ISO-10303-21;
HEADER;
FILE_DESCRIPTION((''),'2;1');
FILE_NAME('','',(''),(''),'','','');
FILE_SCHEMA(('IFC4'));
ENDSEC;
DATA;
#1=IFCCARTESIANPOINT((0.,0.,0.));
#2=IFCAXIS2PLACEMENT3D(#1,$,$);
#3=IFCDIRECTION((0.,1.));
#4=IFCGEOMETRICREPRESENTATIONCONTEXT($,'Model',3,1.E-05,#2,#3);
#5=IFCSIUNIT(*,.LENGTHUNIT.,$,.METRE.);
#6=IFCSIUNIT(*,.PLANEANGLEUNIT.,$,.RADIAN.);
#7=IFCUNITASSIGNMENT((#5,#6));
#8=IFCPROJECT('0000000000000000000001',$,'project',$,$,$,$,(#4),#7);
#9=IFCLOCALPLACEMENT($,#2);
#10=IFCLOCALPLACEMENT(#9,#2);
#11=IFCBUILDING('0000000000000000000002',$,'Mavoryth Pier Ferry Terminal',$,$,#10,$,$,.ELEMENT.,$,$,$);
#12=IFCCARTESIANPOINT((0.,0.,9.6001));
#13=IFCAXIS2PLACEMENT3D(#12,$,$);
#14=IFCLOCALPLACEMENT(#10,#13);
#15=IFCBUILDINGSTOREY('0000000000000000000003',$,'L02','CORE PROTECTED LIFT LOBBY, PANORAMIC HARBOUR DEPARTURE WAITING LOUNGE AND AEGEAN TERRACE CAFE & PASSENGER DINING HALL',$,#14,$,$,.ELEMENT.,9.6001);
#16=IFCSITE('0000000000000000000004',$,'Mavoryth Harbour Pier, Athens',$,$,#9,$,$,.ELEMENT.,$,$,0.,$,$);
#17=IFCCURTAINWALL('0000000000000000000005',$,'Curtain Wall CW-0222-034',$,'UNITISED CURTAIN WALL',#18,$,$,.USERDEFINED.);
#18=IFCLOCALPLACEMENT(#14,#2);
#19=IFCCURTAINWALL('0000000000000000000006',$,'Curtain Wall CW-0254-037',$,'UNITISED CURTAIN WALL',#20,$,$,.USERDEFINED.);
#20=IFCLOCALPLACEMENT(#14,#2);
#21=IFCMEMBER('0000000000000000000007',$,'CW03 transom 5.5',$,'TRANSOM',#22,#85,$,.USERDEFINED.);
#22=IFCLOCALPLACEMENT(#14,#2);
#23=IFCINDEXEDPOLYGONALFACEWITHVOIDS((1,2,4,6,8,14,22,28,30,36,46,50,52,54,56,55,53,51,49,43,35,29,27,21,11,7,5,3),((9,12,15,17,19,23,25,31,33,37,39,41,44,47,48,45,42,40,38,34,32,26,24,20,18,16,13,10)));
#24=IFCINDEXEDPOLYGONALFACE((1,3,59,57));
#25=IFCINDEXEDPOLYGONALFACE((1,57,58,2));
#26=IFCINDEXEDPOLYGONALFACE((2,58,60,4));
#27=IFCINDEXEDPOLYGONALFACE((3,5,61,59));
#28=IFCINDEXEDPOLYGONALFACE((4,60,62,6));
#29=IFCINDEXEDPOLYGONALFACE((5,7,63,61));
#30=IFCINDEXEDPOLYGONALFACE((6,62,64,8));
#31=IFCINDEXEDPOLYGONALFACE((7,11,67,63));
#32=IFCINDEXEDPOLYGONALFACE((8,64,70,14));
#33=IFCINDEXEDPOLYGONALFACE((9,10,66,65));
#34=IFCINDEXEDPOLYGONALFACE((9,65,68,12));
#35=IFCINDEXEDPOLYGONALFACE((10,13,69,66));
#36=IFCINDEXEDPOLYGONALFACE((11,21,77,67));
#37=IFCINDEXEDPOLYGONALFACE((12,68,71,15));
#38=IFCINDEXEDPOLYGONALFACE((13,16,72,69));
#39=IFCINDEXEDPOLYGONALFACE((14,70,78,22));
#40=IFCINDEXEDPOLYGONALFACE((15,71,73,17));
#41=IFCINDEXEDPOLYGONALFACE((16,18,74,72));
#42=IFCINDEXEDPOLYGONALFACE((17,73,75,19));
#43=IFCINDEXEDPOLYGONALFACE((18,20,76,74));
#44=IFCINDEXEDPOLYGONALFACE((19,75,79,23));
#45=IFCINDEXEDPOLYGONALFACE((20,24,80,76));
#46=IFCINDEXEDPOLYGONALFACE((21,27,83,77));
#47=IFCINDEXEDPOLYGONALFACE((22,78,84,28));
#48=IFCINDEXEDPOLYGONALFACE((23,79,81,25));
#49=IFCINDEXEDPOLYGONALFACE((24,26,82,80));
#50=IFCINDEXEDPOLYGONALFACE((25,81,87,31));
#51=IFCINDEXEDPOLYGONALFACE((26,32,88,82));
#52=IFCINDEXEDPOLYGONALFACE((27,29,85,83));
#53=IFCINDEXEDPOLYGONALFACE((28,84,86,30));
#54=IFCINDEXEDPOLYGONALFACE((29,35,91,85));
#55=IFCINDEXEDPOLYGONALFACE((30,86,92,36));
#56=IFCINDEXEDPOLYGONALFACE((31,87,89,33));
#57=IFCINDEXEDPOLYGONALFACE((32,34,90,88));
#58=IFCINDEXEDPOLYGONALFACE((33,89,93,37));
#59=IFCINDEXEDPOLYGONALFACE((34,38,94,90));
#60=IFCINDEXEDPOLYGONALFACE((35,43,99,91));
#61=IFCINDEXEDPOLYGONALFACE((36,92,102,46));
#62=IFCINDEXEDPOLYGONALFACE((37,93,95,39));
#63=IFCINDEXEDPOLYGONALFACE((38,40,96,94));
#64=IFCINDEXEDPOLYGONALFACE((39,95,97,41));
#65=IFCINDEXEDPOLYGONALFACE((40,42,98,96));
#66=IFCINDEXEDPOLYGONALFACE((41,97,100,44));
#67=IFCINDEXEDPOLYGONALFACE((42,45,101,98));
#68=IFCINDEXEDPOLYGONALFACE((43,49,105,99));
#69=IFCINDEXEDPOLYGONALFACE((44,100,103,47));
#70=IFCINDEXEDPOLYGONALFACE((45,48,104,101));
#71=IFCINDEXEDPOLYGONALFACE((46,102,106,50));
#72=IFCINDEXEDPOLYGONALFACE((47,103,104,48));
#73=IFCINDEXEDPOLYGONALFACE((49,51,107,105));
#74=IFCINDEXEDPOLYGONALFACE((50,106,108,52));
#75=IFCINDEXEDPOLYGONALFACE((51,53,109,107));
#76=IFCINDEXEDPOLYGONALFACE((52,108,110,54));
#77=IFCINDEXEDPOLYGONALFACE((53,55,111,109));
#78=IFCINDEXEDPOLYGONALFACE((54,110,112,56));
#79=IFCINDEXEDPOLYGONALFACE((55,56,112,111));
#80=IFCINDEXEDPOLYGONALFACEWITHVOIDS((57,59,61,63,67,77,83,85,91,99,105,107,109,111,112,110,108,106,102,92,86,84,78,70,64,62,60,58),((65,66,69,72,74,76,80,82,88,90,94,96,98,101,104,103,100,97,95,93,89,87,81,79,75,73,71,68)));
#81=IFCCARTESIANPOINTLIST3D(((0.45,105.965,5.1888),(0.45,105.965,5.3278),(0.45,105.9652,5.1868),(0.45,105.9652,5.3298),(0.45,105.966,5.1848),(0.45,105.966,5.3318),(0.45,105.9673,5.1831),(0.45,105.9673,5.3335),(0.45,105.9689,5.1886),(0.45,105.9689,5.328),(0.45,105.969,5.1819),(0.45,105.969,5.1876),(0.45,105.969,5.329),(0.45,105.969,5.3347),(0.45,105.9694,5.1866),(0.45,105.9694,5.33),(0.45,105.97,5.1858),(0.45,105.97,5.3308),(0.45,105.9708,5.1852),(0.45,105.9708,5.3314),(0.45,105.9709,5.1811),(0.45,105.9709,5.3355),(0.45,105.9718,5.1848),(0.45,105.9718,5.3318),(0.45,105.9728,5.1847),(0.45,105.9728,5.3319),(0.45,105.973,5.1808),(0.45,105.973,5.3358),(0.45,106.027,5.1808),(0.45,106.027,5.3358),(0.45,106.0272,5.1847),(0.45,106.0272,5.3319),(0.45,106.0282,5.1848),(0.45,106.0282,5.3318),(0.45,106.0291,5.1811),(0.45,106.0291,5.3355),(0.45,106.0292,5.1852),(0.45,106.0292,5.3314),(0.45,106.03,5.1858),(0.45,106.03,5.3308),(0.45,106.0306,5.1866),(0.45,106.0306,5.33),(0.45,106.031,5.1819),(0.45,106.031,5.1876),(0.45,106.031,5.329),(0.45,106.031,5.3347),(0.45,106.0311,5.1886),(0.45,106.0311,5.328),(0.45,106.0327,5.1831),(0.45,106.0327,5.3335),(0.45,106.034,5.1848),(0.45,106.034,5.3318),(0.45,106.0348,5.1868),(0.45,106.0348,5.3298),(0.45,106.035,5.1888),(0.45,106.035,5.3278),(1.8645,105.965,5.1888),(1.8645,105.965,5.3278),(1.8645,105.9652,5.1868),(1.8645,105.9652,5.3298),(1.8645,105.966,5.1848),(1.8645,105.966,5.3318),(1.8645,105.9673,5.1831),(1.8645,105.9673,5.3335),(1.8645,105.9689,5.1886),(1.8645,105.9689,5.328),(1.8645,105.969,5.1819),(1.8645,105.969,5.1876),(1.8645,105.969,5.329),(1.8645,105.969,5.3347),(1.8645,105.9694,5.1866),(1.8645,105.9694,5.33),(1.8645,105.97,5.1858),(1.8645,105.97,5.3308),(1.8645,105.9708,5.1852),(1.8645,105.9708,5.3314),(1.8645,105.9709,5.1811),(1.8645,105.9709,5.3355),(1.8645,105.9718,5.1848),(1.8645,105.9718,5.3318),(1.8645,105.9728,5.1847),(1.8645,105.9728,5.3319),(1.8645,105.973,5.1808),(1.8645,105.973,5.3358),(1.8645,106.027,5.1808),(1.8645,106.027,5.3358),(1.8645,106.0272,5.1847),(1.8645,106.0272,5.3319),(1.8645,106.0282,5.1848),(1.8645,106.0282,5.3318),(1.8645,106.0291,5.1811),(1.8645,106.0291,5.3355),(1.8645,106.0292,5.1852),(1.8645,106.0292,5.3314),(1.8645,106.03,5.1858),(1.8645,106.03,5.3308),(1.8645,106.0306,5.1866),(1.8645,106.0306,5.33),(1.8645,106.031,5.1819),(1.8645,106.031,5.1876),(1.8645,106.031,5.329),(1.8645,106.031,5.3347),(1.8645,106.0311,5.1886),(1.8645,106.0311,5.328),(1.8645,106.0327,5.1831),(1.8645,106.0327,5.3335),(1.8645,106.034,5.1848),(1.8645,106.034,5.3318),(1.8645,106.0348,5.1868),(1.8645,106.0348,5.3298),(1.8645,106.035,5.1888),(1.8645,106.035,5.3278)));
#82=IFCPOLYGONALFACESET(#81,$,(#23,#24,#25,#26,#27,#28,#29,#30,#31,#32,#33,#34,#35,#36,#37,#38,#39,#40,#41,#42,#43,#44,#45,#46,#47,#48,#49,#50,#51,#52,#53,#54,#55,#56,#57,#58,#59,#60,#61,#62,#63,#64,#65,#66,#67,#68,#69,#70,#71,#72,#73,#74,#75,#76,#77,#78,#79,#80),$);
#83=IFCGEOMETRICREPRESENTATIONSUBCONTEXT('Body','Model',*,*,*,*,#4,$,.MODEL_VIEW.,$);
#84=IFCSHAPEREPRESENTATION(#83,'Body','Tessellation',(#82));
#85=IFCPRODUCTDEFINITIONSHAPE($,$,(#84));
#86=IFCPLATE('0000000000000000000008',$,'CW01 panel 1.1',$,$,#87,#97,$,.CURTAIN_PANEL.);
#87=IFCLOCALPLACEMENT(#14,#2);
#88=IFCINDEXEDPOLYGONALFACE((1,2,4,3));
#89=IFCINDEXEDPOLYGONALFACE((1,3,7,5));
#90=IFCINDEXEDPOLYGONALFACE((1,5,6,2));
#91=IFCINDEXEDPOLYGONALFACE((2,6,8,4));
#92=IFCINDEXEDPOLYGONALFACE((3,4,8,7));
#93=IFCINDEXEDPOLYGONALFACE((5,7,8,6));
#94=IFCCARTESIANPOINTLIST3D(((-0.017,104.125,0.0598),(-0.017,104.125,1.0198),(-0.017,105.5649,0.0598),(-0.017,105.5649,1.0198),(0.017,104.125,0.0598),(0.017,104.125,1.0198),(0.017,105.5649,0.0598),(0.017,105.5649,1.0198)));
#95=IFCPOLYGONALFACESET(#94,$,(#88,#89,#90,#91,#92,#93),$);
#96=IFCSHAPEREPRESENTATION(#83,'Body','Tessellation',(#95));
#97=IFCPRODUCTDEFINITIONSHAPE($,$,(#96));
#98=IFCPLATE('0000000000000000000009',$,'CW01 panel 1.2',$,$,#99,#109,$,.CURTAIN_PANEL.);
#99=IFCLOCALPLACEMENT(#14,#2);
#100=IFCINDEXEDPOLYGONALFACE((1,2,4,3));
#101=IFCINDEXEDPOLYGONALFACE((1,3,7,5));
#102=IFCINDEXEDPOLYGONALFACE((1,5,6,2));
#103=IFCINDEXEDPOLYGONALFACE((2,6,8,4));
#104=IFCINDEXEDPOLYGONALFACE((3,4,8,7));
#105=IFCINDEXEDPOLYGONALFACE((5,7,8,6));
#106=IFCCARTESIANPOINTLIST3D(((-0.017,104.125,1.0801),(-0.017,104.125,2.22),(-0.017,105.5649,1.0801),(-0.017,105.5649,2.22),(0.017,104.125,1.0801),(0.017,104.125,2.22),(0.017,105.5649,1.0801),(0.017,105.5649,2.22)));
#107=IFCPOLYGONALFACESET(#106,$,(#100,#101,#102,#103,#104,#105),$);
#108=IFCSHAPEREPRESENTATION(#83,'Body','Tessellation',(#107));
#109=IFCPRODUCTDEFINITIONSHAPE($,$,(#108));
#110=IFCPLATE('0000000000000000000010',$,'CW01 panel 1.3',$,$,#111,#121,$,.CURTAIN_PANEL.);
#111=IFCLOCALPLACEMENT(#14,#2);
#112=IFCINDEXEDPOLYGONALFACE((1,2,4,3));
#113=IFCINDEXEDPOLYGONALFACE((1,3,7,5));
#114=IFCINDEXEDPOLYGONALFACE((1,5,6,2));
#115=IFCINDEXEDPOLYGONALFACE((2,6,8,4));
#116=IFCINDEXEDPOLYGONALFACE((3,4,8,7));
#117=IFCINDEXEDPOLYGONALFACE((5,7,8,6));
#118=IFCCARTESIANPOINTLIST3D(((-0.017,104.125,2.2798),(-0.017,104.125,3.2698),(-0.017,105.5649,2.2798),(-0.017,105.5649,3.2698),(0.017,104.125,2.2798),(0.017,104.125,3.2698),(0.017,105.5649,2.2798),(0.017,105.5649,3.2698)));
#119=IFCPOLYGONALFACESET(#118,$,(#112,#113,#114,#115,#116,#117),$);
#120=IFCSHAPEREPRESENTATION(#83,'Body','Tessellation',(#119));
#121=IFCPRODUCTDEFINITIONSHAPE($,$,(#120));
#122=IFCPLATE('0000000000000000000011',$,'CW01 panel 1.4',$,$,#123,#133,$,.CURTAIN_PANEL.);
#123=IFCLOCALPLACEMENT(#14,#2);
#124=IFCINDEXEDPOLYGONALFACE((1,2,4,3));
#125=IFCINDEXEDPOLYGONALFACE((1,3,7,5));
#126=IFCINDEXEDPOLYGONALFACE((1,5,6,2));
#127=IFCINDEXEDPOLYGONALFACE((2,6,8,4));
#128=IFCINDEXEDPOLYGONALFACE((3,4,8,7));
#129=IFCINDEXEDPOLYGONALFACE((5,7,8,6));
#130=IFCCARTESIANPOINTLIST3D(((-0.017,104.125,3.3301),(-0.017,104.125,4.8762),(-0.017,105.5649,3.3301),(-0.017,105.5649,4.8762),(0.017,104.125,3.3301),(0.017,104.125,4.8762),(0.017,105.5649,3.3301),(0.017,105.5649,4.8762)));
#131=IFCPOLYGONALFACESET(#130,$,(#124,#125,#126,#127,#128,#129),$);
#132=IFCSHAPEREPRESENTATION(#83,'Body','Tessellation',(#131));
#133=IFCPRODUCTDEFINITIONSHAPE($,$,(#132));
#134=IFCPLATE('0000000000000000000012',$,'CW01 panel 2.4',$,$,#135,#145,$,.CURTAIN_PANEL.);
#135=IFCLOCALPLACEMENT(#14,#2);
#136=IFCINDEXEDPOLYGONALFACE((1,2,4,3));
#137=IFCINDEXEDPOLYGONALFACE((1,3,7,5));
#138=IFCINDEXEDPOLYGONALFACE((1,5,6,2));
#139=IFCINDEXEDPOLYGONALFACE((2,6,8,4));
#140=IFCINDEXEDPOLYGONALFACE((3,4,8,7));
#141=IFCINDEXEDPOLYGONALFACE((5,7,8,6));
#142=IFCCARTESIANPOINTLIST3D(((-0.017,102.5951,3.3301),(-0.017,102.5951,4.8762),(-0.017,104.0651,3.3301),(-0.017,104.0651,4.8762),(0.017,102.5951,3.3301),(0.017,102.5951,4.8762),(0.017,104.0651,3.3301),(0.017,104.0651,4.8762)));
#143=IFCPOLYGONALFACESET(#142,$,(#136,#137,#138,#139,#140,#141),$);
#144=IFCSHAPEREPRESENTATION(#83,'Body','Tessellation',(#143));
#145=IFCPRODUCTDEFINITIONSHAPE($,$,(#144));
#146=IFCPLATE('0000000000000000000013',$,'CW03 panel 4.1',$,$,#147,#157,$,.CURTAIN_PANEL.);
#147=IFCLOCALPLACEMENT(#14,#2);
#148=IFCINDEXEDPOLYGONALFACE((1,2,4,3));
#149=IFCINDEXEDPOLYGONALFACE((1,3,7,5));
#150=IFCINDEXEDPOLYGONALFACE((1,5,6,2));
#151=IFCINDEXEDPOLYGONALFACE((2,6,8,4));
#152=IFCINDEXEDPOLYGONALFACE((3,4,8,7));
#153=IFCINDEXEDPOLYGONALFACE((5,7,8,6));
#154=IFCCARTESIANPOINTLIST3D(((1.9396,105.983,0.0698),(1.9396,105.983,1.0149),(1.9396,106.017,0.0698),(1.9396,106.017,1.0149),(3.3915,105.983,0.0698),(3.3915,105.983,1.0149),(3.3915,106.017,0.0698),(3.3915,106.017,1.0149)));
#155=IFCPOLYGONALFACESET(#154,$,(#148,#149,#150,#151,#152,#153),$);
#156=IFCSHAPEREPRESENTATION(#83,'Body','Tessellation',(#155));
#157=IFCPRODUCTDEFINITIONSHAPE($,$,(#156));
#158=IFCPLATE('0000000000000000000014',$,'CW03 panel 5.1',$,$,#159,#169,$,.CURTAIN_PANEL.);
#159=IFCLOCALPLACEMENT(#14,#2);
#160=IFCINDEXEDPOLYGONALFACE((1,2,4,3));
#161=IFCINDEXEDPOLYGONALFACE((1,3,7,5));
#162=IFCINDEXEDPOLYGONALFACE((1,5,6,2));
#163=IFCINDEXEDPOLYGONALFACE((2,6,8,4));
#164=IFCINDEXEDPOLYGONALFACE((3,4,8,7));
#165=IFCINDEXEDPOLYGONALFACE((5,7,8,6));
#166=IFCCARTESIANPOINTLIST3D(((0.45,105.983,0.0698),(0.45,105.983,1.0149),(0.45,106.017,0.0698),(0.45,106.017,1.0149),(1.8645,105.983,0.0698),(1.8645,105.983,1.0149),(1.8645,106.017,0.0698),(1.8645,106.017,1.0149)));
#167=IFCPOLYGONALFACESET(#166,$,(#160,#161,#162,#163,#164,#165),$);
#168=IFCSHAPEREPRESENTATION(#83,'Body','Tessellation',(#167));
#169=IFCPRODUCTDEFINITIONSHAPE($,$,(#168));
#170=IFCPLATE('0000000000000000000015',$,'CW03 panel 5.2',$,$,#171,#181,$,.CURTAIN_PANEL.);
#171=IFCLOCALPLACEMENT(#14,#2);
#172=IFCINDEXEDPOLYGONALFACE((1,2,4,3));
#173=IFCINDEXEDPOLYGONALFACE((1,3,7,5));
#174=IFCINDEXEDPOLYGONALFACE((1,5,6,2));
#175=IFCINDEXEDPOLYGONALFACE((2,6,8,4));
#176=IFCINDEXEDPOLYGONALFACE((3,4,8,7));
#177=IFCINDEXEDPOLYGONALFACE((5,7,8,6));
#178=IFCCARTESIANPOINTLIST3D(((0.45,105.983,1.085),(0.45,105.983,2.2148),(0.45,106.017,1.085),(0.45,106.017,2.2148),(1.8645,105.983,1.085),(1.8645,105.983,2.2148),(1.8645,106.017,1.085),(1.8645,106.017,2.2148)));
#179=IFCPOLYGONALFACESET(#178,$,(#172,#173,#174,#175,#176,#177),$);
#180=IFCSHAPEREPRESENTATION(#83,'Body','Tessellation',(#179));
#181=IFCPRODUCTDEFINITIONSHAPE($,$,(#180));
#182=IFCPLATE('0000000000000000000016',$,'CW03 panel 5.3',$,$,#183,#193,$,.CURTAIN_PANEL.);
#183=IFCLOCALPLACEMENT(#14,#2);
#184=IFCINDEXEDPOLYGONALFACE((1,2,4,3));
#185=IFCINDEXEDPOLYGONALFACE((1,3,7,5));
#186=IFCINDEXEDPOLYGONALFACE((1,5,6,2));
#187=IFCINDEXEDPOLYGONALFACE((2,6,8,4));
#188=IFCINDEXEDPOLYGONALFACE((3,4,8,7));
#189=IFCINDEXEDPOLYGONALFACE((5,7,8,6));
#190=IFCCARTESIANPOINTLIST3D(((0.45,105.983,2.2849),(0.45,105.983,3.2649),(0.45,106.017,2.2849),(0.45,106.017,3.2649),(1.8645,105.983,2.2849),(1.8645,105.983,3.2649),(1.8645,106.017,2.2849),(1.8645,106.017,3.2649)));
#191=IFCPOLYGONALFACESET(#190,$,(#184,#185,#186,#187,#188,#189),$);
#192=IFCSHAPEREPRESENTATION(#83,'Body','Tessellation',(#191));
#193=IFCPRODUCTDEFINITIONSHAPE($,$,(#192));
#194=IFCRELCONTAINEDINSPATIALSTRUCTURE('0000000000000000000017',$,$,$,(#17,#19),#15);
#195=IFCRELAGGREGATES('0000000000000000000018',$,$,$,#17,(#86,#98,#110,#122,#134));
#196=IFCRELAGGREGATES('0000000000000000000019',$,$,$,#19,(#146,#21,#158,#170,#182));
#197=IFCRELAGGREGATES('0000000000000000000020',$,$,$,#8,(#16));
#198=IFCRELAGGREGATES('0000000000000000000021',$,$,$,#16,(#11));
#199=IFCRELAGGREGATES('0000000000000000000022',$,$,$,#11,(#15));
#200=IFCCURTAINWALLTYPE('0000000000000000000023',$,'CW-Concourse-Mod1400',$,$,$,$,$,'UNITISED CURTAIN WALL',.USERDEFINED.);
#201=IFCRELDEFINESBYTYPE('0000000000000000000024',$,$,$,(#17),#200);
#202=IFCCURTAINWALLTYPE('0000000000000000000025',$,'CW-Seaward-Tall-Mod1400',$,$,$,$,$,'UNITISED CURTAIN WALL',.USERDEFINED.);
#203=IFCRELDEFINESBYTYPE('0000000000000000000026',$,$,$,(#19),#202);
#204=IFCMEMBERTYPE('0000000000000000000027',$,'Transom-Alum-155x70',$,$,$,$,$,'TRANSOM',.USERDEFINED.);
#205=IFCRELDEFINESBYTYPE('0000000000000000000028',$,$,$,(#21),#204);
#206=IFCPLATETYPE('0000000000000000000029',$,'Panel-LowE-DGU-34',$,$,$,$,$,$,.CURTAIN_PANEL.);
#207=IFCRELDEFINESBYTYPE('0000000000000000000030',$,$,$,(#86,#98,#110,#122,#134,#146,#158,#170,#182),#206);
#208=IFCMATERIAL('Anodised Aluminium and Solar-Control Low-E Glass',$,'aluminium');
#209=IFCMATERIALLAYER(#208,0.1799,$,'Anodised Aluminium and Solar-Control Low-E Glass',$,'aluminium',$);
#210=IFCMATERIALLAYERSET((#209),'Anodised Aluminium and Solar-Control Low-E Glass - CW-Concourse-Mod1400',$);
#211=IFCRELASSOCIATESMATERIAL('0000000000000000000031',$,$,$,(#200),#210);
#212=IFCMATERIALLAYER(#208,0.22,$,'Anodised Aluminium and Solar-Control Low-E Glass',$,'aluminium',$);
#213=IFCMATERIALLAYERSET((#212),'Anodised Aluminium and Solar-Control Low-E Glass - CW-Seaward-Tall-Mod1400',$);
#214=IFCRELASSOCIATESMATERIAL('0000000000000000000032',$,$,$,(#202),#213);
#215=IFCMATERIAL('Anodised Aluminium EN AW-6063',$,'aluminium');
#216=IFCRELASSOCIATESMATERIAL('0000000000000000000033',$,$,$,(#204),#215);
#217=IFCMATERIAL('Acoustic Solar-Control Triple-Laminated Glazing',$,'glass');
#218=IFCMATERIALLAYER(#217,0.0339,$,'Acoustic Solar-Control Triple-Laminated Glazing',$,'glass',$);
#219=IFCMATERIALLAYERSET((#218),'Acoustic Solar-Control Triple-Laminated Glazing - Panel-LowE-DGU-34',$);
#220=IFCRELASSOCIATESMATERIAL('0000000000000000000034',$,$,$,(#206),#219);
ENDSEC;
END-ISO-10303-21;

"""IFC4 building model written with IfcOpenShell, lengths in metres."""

from ifc_helpers import new_model, si_unit, direction, frame, origin, origin_2d, place, context, subcontext, project, spatial, rectangle, hollow_rectangle, extrude, material, layer, layer_set, material_profile, profile_set, type_object, element, aggregate, save


model = new_model("IFC4")

# Units and contexts
model_context = context("Model", 3, precision=1e-05, world=origin(), true_north=direction((0.0, 1.0)))
body_context = subcontext(model_context, "Body", "Model", "MODEL_VIEW")
ifc_project = project(units=[si_unit("LENGTHUNIT", "METRE"), si_unit("PLANEANGLEUNIT", "RADIAN")], contexts=[model_context])

# Site, building, storey
site_placement = place(None, origin())
site = spatial("IfcSite", under=ifc_project, at=site_placement, Name="Mavoryth Harbour Pier, Athens", CompositionType="ELEMENT", RefElevation=0.0)
building_placement = place(site_placement, origin())
building = spatial("IfcBuilding", under=site, at=building_placement, Name="Mavoryth Pier Ferry Terminal", CompositionType="ELEMENT")
storey_placement = place(building_placement, frame((0.0, 0.0, 9.6001)))
storey = spatial("IfcBuildingStorey", under=building, at=storey_placement, Name="L02", Description="CORE PROTECTED LIFT LOBBY, PANORAMIC HARBOUR DEPARTURE WAITING LOUNGE AND AEGEAN TERRACE CAFE & PASSENGER DINING HALL", CompositionType="ELEMENT", Elevation=9.6001)

# Curtain walls
ifc_material_1 = material(Name="Anodised Aluminium and Solar-Control Low-E Glass", Category="aluminium")
ifc_layer_1 = layer(ifc_material_1, 0.1799, Name="Anodised Aluminium and Solar-Control Low-E Glass", Category="aluminium")
ifc_layer_set_1 = layer_set([ifc_layer_1], Name="Anodised Aluminium and Solar-Control Low-E Glass - CW-Concourse-Mod1400")
curtain_wall_type_1 = type_object("IfcCurtainWallType", Name="CW-Concourse-Mod1400", ElementType="UNITISED CURTAIN WALL", PredefinedType="USERDEFINED", material=ifc_layer_set_1)
curtain_wall_1_placement = place(storey_placement, origin())
curtain_wall_1 = element("IfcCurtainWall", 1, at=curtain_wall_1_placement, inside=storey, type_object=curtain_wall_type_1, Name="Curtain Wall CW-0222-034", ObjectType="UNITISED CURTAIN WALL", PredefinedType="USERDEFINED")
ifc_material_2 = material(Name="Anodised Aluminium EN AW-6063", Category="aluminium")
ifc_layer_2 = layer(ifc_material_1, 0.22, Name="Anodised Aluminium and Solar-Control Low-E Glass", Category="aluminium")
ifc_layer_set_2 = layer_set([ifc_layer_2], Name="Anodised Aluminium and Solar-Control Low-E Glass - CW-Seaward-Tall-Mod1400")
curtain_wall_type_2 = type_object("IfcCurtainWallType", Name="CW-Seaward-Tall-Mod1400", ElementType="UNITISED CURTAIN WALL", PredefinedType="USERDEFINED", material=ifc_layer_set_2)
curtain_wall_2_placement = place(storey_placement, origin())
curtain_wall_2 = element("IfcCurtainWall", 2, at=curtain_wall_2_placement, inside=storey, type_object=curtain_wall_type_2, Name="Curtain Wall CW-0254-037", ObjectType="UNITISED CURTAIN WALL", PredefinedType="USERDEFINED")

# Member
ifc_material_profile_1 = material_profile(ifc_material_2, hollow_rectangle(XDim=0.0701, YDim=0.155, WallThickness=0.0039, InnerFilletRadius=0.0039, OuterFilletRadius=0.0081, at=origin_2d()), Name="AL-TRAN 155x70x4", Category="aluminium")
ifc_profile_set_1 = profile_set([ifc_material_profile_1], Name="Anodised Aluminium EN AW-6063 - AL-TRAN 155x70x4")
member_type_1 = type_object("IfcMemberType", Name="Transom-Alum-155x70", ElementType="TRANSOM", PredefinedType="USERDEFINED", material=ifc_profile_set_1)
member_1_placement = place(storey_placement, frame((1.8645, 106.0, 5.2583), z_axis=(-1.0, 0.0, 0.0), x_axis=(0.0, -1.0, 0.0)))
member_1 = element("IfcMember", 3, at=member_1_placement, type_object=member_type_1, Name="CW03 transom 5.5", ObjectType="TRANSOM", PredefinedType="USERDEFINED", context=body_context, shape_type="SweptSolid", body=[
    extrude(hollow_rectangle(XDim=0.0701, YDim=0.155, WallThickness=0.0039, InnerFilletRadius=0.0039, OuterFilletRadius=0.0081, at=origin_2d()), origin(), (0.0, 0.0, 1.0), 1.4146),
])

# Plates
ifc_material_3 = material(Name="Acoustic Solar-Control Triple-Laminated Glazing", Category="glass")
ifc_layer_3 = layer(ifc_material_3, 0.0339, Name="Acoustic Solar-Control Triple-Laminated Glazing", Category="glass")
ifc_layer_set_3 = layer_set([ifc_layer_3], Name="Acoustic Solar-Control Triple-Laminated Glazing - Panel-LowE-DGU-34")
plate_type = type_object("IfcPlateType", Name="Panel-LowE-DGU-34", PredefinedType="CURTAIN_PANEL", material=ifc_layer_set_3)
plate_1_placement = place(storey_placement, frame((0.0, 104.845, 0.0598), z_axis=(0.0, 0.0, 1.0), x_axis=(0.0, -1.0, 0.0)))
plate_1 = element("IfcPlate", 4, at=plate_1_placement, type_object=plate_type, Name="CW01 panel 1.1", PredefinedType="CURTAIN_PANEL", context=body_context, shape_type="SweptSolid", body=[
    extrude(rectangle(XDim=1.4399, YDim=0.0339, at=origin_2d()), origin(), (0.0, 0.0, 1.0), 0.96),
])
plate_2_placement = place(storey_placement, frame((0.0, 104.845, 1.0801), z_axis=(0.0, 0.0, 1.0), x_axis=(0.0, -1.0, 0.0)))
plate_2 = element("IfcPlate", 5, at=plate_2_placement, type_object=plate_type, Name="CW01 panel 1.2", PredefinedType="CURTAIN_PANEL", context=body_context, shape_type="SweptSolid", body=[
    extrude(rectangle(XDim=1.4399, YDim=0.0339, at=origin_2d()), origin(), (0.0, 0.0, 1.0), 1.1399),
])
plate_3_placement = place(storey_placement, frame((0.0, 104.845, 2.2798), z_axis=(0.0, 0.0, 1.0), x_axis=(0.0, -1.0, 0.0)))
plate_3 = element("IfcPlate", 6, at=plate_3_placement, type_object=plate_type, Name="CW01 panel 1.3", PredefinedType="CURTAIN_PANEL", context=body_context, shape_type="SweptSolid", body=[
    extrude(rectangle(XDim=1.4399, YDim=0.0339, at=origin_2d()), origin(), (0.0, 0.0, 1.0), 0.99),
])
plate_4_placement = place(storey_placement, frame((0.0, 104.845, 3.3301), z_axis=(0.0, 0.0, 1.0), x_axis=(0.0, -1.0, 0.0)))
plate_4 = element("IfcPlate", 7, at=plate_4_placement, type_object=plate_type, Name="CW01 panel 1.4", PredefinedType="CURTAIN_PANEL", context=body_context, shape_type="SweptSolid", body=[
    extrude(rectangle(XDim=1.4399, YDim=0.0339, at=origin_2d()), origin(), (0.0, 0.0, 1.0), 1.5461),
])
plate_5_placement = place(storey_placement, frame((0.0, 103.3301, 3.3301), z_axis=(0.0, 0.0, 1.0), x_axis=(0.0, -1.0, 0.0)))
plate_5 = element("IfcPlate", 8, at=plate_5_placement, type_object=plate_type, Name="CW01 panel 2.4", PredefinedType="CURTAIN_PANEL", context=body_context, shape_type="SweptSolid", body=[
    extrude(rectangle(XDim=1.47, YDim=0.0339, at=origin_2d()), origin(), (0.0, 0.0, 1.0), 1.5461),
])
aggregate(curtain_wall_1, [plate_1, plate_2, plate_3, plate_4, plate_5])
plate_6_placement = place(storey_placement, frame((2.6655, 106.0, 0.0698), z_axis=(0.0, 0.0, 1.0), x_axis=(-1.0, 0.0, 0.0)))
plate_6 = element("IfcPlate", 9, at=plate_6_placement, type_object=plate_type, Name="CW03 panel 4.1", PredefinedType="CURTAIN_PANEL", context=body_context, shape_type="SweptSolid", body=[
    extrude(rectangle(XDim=1.4519, YDim=0.0339, at=origin_2d()), origin(), (0.0, 0.0, 1.0), 0.9451),
])
plate_7_placement = place(storey_placement, frame((1.1572, 106.0, 0.0698), z_axis=(0.0, 0.0, 1.0), x_axis=(-1.0, 0.0, 0.0)))
plate_7 = element("IfcPlate", 10, at=plate_7_placement, type_object=plate_type, Name="CW03 panel 5.1", PredefinedType="CURTAIN_PANEL", context=body_context, shape_type="SweptSolid", body=[
    extrude(rectangle(XDim=1.4146, YDim=0.0339, at=origin_2d()), origin(), (0.0, 0.0, 1.0), 0.9451),
])
plate_8_placement = place(storey_placement, frame((1.1572, 106.0, 1.085), z_axis=(0.0, 0.0, 1.0), x_axis=(-1.0, 0.0, 0.0)))
plate_8 = element("IfcPlate", 11, at=plate_8_placement, type_object=plate_type, Name="CW03 panel 5.2", PredefinedType="CURTAIN_PANEL", context=body_context, shape_type="SweptSolid", body=[
    extrude(rectangle(XDim=1.4146, YDim=0.0339, at=origin_2d()), origin(), (0.0, 0.0, 1.0), 1.1299),
])
plate_9_placement = place(storey_placement, frame((1.1572, 106.0, 2.2849), z_axis=(0.0, 0.0, 1.0), x_axis=(-1.0, 0.0, 0.0)))
plate_9 = element("IfcPlate", 12, at=plate_9_placement, type_object=plate_type, Name="CW03 panel 5.3", PredefinedType="CURTAIN_PANEL", context=body_context, shape_type="SweptSolid", body=[
    extrude(rectangle(XDim=1.4146, YDim=0.0339, at=origin_2d()), origin(), (0.0, 0.0, 1.0), 0.98),
])
aggregate(curtain_wall_2, [plate_6, member_1, plate_7, plate_8, plate_9])

save(model, "model.ifc")
